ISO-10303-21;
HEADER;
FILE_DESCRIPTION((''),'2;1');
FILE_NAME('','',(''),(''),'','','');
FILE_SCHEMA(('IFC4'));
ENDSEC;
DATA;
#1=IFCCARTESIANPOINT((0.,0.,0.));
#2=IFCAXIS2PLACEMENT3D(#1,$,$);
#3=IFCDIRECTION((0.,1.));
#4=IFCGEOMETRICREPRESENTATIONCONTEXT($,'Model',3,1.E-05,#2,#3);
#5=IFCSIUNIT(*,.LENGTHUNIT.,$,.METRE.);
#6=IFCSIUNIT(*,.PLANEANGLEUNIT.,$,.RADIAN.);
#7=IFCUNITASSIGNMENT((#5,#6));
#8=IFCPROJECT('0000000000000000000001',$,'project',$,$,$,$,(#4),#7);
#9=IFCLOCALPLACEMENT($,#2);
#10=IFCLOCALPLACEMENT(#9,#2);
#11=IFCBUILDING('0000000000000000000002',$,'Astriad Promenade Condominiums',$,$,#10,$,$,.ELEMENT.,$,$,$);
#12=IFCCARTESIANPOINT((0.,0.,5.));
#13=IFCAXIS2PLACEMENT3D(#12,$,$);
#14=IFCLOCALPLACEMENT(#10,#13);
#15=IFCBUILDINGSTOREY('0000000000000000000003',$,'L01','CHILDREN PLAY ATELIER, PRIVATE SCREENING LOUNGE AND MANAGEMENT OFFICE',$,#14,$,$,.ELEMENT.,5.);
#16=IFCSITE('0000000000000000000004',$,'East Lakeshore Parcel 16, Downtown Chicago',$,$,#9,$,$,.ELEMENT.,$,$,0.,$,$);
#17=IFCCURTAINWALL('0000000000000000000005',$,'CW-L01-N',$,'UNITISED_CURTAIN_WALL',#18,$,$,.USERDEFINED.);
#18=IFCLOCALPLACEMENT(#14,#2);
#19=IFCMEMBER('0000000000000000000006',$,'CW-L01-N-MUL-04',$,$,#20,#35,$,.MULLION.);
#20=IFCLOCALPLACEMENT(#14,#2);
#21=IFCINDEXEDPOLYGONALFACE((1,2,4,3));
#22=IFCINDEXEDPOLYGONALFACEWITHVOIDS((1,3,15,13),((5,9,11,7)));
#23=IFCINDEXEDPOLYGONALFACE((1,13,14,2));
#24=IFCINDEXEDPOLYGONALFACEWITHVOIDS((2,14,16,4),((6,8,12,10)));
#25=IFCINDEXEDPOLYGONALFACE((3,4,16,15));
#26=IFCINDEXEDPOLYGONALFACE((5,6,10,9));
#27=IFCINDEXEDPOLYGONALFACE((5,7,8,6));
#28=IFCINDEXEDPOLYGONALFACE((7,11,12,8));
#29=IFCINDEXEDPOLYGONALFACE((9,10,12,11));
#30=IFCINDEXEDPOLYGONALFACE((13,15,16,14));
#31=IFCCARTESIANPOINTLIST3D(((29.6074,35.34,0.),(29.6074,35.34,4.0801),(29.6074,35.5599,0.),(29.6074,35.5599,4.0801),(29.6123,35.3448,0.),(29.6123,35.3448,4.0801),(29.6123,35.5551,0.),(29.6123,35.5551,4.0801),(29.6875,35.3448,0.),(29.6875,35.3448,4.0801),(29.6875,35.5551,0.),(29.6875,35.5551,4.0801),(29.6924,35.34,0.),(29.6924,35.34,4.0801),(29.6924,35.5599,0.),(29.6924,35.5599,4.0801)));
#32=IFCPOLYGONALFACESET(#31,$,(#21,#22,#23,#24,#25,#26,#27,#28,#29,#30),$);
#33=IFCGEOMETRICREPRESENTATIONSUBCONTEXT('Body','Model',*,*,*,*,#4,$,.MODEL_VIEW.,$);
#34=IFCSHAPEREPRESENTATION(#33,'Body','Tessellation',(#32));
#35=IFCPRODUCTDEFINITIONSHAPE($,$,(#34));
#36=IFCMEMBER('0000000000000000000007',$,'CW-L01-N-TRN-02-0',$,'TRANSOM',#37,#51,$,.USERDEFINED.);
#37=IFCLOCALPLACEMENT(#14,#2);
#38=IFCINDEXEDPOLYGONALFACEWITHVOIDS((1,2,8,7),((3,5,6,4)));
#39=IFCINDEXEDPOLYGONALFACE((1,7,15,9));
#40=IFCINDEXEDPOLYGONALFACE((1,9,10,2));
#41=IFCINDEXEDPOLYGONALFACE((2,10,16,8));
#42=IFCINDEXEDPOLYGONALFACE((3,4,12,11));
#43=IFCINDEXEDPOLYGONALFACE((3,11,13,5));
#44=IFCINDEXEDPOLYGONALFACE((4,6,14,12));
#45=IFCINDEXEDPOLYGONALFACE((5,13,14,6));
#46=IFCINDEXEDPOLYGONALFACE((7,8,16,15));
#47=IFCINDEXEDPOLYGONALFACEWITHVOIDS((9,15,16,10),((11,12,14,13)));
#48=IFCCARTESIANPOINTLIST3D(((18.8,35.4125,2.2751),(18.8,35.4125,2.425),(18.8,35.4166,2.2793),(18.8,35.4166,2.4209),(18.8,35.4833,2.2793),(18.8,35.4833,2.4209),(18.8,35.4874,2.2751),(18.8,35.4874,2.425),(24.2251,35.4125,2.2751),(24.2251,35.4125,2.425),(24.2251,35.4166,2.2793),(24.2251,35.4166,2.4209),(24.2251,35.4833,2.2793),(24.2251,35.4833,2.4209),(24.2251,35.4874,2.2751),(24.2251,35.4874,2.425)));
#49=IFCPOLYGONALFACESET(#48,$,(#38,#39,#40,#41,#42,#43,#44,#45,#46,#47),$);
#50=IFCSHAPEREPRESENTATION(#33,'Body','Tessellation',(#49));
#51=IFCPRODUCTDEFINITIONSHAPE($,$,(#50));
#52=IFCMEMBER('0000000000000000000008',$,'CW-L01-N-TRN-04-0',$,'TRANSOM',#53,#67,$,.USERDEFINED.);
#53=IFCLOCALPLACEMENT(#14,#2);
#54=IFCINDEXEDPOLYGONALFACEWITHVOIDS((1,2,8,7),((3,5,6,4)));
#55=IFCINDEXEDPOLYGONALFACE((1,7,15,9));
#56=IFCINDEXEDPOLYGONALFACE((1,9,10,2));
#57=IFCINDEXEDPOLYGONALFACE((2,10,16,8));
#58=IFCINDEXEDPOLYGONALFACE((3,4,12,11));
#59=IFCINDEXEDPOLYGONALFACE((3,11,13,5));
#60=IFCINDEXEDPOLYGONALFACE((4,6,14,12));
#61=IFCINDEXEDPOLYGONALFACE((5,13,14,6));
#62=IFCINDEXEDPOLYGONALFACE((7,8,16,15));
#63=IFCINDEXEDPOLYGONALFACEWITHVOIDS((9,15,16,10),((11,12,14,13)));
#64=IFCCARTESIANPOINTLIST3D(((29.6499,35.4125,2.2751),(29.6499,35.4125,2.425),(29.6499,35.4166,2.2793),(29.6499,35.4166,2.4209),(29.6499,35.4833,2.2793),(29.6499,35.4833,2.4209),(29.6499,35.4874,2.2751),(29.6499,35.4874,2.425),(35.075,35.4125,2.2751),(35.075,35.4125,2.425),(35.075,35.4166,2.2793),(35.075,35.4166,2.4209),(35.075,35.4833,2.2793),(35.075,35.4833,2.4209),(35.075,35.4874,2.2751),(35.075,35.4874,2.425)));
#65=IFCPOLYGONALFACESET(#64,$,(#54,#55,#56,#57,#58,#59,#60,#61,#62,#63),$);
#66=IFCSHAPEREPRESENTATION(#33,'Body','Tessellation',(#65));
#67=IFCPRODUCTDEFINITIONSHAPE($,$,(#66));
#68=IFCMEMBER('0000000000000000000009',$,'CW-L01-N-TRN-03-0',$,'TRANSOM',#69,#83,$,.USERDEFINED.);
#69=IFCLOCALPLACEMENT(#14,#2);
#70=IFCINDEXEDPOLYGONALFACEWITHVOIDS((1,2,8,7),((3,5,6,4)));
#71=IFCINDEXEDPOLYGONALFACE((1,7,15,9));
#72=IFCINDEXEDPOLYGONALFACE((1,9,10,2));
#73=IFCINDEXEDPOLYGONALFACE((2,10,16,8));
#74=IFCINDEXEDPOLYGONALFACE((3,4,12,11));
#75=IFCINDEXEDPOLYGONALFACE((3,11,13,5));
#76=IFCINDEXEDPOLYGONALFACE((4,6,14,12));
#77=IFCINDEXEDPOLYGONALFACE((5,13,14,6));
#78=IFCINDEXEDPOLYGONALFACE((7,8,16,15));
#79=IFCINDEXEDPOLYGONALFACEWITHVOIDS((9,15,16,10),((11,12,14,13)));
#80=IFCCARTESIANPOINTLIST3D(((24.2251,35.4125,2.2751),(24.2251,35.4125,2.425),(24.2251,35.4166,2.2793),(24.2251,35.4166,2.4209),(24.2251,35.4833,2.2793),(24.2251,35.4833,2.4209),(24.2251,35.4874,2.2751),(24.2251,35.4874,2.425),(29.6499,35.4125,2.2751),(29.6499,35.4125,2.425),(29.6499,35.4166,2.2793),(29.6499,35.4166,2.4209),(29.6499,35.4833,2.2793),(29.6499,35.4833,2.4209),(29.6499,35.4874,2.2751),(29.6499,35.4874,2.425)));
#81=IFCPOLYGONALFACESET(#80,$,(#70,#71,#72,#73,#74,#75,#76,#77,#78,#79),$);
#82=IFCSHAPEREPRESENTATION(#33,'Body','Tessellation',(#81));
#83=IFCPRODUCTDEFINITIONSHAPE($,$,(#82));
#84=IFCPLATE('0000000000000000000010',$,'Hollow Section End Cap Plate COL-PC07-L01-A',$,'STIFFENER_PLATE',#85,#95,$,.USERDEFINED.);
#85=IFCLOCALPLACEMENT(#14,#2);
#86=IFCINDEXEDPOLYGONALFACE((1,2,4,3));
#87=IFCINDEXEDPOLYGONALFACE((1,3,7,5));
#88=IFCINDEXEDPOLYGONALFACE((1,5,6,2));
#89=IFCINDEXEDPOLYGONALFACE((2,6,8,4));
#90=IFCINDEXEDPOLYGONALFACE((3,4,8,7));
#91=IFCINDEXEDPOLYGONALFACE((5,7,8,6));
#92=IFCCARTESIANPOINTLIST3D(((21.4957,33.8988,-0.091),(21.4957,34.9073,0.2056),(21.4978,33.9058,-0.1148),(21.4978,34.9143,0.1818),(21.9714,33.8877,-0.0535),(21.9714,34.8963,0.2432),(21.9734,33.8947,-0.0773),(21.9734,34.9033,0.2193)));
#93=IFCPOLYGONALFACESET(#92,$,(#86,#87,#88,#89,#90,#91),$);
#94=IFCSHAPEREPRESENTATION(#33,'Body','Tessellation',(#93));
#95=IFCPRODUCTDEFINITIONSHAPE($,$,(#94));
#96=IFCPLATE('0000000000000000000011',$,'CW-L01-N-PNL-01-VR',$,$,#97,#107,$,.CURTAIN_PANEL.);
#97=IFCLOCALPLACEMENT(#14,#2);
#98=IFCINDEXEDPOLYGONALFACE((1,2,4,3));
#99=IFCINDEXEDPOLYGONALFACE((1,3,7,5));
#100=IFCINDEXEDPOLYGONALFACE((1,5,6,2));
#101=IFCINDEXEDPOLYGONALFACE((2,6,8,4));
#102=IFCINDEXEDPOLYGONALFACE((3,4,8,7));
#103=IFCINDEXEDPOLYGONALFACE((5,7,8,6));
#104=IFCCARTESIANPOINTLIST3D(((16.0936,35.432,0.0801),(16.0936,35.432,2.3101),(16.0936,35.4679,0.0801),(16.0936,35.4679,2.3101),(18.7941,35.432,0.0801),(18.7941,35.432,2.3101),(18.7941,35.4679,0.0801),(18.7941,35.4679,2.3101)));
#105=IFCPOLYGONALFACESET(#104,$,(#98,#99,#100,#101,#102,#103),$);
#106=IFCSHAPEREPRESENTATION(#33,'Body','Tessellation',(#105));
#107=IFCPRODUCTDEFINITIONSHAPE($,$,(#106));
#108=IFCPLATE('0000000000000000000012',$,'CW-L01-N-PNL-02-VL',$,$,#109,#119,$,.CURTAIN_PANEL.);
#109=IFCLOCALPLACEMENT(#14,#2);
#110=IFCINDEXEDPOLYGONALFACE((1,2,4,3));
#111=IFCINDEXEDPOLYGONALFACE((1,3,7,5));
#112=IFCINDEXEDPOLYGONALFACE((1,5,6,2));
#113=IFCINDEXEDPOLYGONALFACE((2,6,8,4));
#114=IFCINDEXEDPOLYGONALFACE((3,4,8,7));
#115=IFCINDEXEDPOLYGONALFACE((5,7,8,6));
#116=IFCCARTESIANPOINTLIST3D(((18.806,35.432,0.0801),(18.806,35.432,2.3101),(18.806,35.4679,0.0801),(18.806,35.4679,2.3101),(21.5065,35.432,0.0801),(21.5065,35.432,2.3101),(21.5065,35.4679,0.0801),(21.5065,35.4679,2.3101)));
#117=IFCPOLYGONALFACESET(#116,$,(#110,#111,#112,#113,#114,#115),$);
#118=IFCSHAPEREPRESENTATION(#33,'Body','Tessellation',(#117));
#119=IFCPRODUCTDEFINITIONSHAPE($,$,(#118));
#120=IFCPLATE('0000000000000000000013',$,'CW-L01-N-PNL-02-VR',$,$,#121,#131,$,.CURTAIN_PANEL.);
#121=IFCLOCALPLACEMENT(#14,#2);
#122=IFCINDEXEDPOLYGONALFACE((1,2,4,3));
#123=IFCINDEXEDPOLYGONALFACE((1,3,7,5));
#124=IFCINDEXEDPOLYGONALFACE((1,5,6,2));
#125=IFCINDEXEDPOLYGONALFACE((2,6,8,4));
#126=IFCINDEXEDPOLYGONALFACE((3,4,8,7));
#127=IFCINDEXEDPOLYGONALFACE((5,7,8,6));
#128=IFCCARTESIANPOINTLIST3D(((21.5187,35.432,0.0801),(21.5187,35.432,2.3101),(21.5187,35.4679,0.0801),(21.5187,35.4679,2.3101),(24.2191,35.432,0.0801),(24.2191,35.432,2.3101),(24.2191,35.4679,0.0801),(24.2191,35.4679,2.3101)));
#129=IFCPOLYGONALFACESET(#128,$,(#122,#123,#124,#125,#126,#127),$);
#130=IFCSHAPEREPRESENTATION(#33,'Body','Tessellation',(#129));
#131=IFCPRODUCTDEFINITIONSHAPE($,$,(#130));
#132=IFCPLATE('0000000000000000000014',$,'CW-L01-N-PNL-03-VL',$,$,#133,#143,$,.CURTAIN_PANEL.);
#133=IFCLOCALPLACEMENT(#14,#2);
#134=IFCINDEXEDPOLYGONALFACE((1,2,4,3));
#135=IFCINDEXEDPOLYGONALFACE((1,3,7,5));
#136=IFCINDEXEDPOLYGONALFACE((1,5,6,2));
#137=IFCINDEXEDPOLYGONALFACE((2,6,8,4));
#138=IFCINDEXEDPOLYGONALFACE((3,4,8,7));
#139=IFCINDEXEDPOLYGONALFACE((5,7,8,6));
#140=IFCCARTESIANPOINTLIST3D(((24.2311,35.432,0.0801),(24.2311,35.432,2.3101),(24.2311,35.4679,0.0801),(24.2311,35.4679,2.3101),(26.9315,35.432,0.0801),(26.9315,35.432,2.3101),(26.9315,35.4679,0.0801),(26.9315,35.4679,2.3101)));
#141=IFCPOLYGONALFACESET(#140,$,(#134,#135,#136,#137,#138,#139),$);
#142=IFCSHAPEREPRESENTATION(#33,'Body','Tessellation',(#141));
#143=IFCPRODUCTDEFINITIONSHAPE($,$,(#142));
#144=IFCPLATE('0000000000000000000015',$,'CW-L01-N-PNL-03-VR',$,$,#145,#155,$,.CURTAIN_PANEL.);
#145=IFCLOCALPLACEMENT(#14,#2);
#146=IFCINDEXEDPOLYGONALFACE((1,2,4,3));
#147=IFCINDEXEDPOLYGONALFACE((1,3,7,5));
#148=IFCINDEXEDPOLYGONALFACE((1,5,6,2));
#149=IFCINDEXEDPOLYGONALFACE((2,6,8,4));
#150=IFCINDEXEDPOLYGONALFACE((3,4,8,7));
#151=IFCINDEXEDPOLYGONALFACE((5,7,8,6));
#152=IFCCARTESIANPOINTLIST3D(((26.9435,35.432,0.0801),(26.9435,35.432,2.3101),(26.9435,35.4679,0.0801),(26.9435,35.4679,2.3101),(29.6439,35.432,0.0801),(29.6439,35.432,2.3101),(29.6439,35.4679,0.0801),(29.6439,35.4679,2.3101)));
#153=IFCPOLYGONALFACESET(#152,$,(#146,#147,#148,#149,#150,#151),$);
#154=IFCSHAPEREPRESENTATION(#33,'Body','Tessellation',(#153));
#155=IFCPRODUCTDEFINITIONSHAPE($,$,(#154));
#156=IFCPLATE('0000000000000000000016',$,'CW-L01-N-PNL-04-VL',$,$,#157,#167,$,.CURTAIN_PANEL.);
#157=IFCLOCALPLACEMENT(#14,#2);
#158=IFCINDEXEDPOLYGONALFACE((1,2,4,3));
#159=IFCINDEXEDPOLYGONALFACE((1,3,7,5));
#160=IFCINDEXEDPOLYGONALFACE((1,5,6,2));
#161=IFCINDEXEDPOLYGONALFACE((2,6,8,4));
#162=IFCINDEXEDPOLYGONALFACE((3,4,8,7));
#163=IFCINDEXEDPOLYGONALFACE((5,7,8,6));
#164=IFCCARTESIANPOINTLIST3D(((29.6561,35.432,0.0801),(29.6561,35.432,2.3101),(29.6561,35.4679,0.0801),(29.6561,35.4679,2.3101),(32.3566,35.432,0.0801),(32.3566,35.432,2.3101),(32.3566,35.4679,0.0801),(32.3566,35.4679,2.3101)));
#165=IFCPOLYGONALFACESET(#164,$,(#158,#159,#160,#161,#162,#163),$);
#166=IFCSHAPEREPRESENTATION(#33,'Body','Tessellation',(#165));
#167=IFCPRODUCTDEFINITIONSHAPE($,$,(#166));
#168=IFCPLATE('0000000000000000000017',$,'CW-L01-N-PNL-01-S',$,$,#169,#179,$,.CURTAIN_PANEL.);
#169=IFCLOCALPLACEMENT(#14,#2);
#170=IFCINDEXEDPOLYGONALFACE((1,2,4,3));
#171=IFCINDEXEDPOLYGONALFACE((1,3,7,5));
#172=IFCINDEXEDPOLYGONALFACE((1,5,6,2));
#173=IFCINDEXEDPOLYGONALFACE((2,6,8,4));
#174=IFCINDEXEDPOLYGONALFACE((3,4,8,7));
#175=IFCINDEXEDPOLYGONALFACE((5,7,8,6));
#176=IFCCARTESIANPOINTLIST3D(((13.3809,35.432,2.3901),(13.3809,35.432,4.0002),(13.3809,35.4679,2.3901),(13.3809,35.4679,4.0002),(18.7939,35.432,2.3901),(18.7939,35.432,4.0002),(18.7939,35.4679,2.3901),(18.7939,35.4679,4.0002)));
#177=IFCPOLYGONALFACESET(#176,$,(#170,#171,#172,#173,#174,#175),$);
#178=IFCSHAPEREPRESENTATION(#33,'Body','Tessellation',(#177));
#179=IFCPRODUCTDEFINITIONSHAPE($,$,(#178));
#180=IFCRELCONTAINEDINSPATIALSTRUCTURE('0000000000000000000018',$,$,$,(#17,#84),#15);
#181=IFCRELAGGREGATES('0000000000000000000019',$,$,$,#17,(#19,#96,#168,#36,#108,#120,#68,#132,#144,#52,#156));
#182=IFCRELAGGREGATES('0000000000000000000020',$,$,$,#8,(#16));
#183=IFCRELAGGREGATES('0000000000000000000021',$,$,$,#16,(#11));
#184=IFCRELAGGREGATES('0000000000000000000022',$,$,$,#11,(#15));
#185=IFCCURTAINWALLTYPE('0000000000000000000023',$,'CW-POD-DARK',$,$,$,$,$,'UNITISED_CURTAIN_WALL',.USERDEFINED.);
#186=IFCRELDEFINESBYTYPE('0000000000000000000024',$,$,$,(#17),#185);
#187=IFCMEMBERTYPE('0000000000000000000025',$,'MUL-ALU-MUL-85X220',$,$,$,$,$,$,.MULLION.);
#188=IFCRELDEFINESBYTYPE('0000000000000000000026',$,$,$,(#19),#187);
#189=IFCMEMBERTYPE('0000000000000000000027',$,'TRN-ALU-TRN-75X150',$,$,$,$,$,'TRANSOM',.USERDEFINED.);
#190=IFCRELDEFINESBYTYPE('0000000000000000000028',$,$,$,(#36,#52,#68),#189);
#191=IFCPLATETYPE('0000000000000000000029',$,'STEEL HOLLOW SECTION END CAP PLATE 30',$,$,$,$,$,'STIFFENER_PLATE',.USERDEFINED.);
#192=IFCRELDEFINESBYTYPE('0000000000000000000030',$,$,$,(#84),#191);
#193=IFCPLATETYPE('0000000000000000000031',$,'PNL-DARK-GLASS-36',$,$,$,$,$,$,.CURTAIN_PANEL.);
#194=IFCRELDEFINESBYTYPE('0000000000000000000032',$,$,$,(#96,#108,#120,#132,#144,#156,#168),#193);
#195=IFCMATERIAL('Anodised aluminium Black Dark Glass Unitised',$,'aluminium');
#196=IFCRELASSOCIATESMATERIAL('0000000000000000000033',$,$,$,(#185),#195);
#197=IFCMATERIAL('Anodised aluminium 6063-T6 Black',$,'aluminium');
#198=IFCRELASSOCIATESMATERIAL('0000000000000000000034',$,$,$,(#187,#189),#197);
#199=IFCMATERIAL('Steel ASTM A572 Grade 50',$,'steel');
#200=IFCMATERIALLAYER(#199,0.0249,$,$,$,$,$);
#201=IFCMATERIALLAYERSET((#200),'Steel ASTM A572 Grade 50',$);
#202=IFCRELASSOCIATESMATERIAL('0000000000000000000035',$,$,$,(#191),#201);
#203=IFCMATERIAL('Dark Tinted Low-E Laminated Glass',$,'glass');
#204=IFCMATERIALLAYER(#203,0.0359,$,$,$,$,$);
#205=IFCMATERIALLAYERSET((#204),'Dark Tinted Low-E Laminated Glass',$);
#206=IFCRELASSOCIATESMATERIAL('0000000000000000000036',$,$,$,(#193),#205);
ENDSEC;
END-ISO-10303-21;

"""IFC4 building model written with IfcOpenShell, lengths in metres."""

from ifc_helpers import new_model, si_unit, direction, frame, origin, origin_2d, place, context, subcontext, project, spatial, rectangle, hollow_rectangle, extrude, source, transform, mapped, material, layer, layer_set, material_profile, profile_set, type_object, type_shapes, element, aggregate, save


model = new_model("IFC4")

# Units and contexts
model_context = context("Model", 3, precision=1e-05, world=origin(), true_north=direction((0.0, 1.0)))
body_context = subcontext(model_context, "Body", "Model", "MODEL_VIEW")
ifc_project = project(units=[si_unit("LENGTHUNIT", "METRE"), si_unit("PLANEANGLEUNIT", "RADIAN")], contexts=[model_context])

# Site, building, storey
site_placement = place(None, origin())
site = spatial("IfcSite", under=ifc_project, at=site_placement, Name="East Lakeshore Parcel 16, Downtown Chicago", CompositionType="ELEMENT", RefElevation=0.0)
building_placement = place(site_placement, origin())
building = spatial("IfcBuilding", under=site, at=building_placement, Name="Astriad Promenade Condominiums", CompositionType="ELEMENT")
storey_placement = place(building_placement, frame((0.0, 0.0, 5.0)))
storey = spatial("IfcBuildingStorey", under=building, at=storey_placement, Name="L01", Description="CHILDREN PLAY ATELIER, PRIVATE SCREENING LOUNGE AND MANAGEMENT OFFICE", CompositionType="ELEMENT", Elevation=5.0)

# Curtain wall, members
ifc_material_1 = material(Name="Anodised aluminium Black Dark Glass Unitised", Category="aluminium")
curtain_wall_type = type_object("IfcCurtainWallType", Name="CW-POD-DARK", ElementType="UNITISED_CURTAIN_WALL", PredefinedType="USERDEFINED", material=ifc_material_1)
curtain_wall_placement = place(storey_placement, origin())
curtain_wall = element("IfcCurtainWall", 1, at=curtain_wall_placement, inside=storey, type_object=curtain_wall_type, Name="CW-L01-N", ObjectType="UNITISED_CURTAIN_WALL", PredefinedType="USERDEFINED")
ifc_material_2 = material(Name="Anodised aluminium 6063-T6 Black", Category="aluminium")
ifc_material_profile_1 = material_profile(ifc_material_2, hollow_rectangle(XDim=0.085, YDim=0.22, WallThickness=0.0049, at=origin_2d()), Name="ALU-MUL-85X220")
ifc_profile_set_1 = profile_set([ifc_material_profile_1], Name="Anodised aluminium 6063-T6 Black")
member_type_1 = type_object("IfcMemberType", Name="MUL-ALU-MUL-85X220", PredefinedType="MULLION", material=ifc_profile_set_1)
shared_shape_1 = source(origin(), body_context, "Body", "SweptSolid", [
    extrude(hollow_rectangle(XDim=0.085, YDim=0.22, WallThickness=0.0049, at=origin_2d()), origin(), (0.0, 0.0, 1.0), 4.0801),
])
type_shapes(member_type_1, [shared_shape_1])
member_1_placement = place(storey_placement, frame((29.6499, 35.45, 0.0), z_axis=(0.0, 0.0, 1.0), x_axis=(1.0, 0.0, 0.0)))
member_1 = element("IfcMember", 2, at=member_1_placement, type_object=member_type_1, Name="CW-L01-N-MUL-04", PredefinedType="MULLION", context=body_context, shape_type="MappedRepresentation", body=[
    mapped(shared_shape_1, transform((0.0, 0.0, 0.0), scale=1.0)),
])
ifc_material_profile_2 = material_profile(ifc_material_2, hollow_rectangle(XDim=0.075, YDim=0.1499, WallThickness=0.0042, at=origin_2d()), Name="ALU-TRN-75X150")
ifc_profile_set_2 = profile_set([ifc_material_profile_2], Name="Anodised aluminium 6063-T6 Black")
member_type_2 = type_object("IfcMemberType", Name="TRN-ALU-TRN-75X150", ElementType="TRANSOM", PredefinedType="USERDEFINED", material=ifc_profile_set_2)
shared_shape_2 = source(origin(), body_context, "Body", "SweptSolid", [
    extrude(hollow_rectangle(XDim=0.075, YDim=0.1499, WallThickness=0.0042, at=origin_2d()), origin(), (0.0, 0.0, 1.0), 5.425),
])
member_2_placement = place(storey_placement, frame((18.8, 35.45, 2.3501), z_axis=(1.0, 0.0, 0.0), x_axis=(0.0, 1.0, 0.0)))
member_2 = element("IfcMember", 3, at=member_2_placement, type_object=member_type_2, Name="CW-L01-N-TRN-02-0", ObjectType="TRANSOM", PredefinedType="USERDEFINED", context=body_context, shape_type="MappedRepresentation", body=[
    mapped(shared_shape_2, transform((0.0, 0.0, 0.0), scale=1.0)),
])
member_3_placement = place(storey_placement, frame((29.6499, 35.45, 2.3501), z_axis=(1.0, 0.0, 0.0), x_axis=(0.0, 1.0, 0.0)))
member_3 = element("IfcMember", 4, at=member_3_placement, type_object=member_type_2, Name="CW-L01-N-TRN-04-0", ObjectType="TRANSOM", PredefinedType="USERDEFINED", context=body_context, shape_type="MappedRepresentation", body=[
    mapped(shared_shape_2, transform((0.0, 0.0, 0.0), scale=1.0)),
])
shared_shape_3 = source(origin(), body_context, "Body", "SweptSolid", [
    extrude(hollow_rectangle(XDim=0.075, YDim=0.1499, WallThickness=0.0042, at=origin_2d()), origin(), (0.0, 0.0, 1.0), 5.4248),
])
type_shapes(member_type_2, [shared_shape_2, shared_shape_3])
member_4_placement = place(storey_placement, frame((24.2251, 35.45, 2.3501), z_axis=(1.0, 0.0, 0.0), x_axis=(0.0, 1.0, 0.0)))
member_4 = element("IfcMember", 5, at=member_4_placement, type_object=member_type_2, Name="CW-L01-N-TRN-03-0", ObjectType="TRANSOM", PredefinedType="USERDEFINED", context=body_context, shape_type="MappedRepresentation", body=[
    mapped(shared_shape_3, transform((0.0, 0.0, 0.0), scale=1.0)),
])

# Plates
ifc_material_3 = material(Name="Steel ASTM A572 Grade 50", Category="steel")
ifc_layer_1 = layer(ifc_material_3, 0.0249)
ifc_layer_set_1 = layer_set([ifc_layer_1], Name="Steel ASTM A572 Grade 50")
plate_type_1 = type_object("IfcPlateType", Name="STEEL HOLLOW SECTION END CAP PLATE 30", ElementType="STIFFENER_PLATE", PredefinedType="USERDEFINED", material=ifc_layer_set_1)
shared_shape_4 = source(origin(), body_context, "Body", "SweptSolid", [
    extrude(rectangle(XDim=0.4773, YDim=1.0513, at=origin_2d()), origin(), (0.0, 0.0, 1.0), 0.0249),
])
type_shapes(plate_type_1, [shared_shape_4])
plate_1_placement = place(storey_placement, frame((21.7356, 34.4045, 0.0522), z_axis=(-0.082035, -0.281207, 0.956134), x_axis=(1.0, 0.0, 0.0)))
element("IfcPlate", 6, at=plate_1_placement, inside=storey, type_object=plate_type_1, Name="Hollow Section End Cap Plate COL-PC07-L01-A", ObjectType="STIFFENER_PLATE", PredefinedType="USERDEFINED", context=body_context, shape_type="MappedRepresentation", body=[
    mapped(shared_shape_4, transform((0.0, 0.0, 0.0), scale=1.0)),
])
ifc_material_4 = material(Name="Dark Tinted Low-E Laminated Glass", Category="glass")
ifc_layer_2 = layer(ifc_material_4, 0.0359)
ifc_layer_set_2 = layer_set([ifc_layer_2], Name="Dark Tinted Low-E Laminated Glass")
plate_type_2 = type_object("IfcPlateType", Name="PNL-DARK-GLASS-36", PredefinedType="CURTAIN_PANEL", material=ifc_layer_set_2)
shared_shape_5 = source(origin(), body_context, "Body", "SweptSolid", [
    extrude(rectangle(XDim=2.7004, YDim=0.0359, at=origin_2d()), origin(), (0.0, 0.0, 1.0), 2.23),
])
plate_2_placement = place(storey_placement, frame((17.4438, 35.45, 0.0801), z_axis=(0.0, 0.0, 1.0), x_axis=(1.0, 0.0, 0.0)))
plate_2 = element("IfcPlate", 7, at=plate_2_placement, type_object=plate_type_2, Name="CW-L01-N-PNL-01-VR", PredefinedType="CURTAIN_PANEL", context=body_context, shape_type="MappedRepresentation", body=[
    mapped(shared_shape_5, transform((0.0, 0.0, 0.0), scale=1.0)),
])
plate_3_placement = place(storey_placement, frame((20.1562, 35.45, 0.0801), z_axis=(0.0, 0.0, 1.0), x_axis=(1.0, 0.0, 0.0)))
plate_3 = element("IfcPlate", 8, at=plate_3_placement, type_object=plate_type_2, Name="CW-L01-N-PNL-02-VL", PredefinedType="CURTAIN_PANEL", context=body_context, shape_type="MappedRepresentation", body=[
    mapped(shared_shape_5, transform((0.0, 0.0, 0.0), scale=1.0)),
])
plate_4_placement = place(storey_placement, frame((22.8689, 35.45, 0.0801), z_axis=(0.0, 0.0, 1.0), x_axis=(1.0, 0.0, 0.0)))
plate_4 = element("IfcPlate", 9, at=plate_4_placement, type_object=plate_type_2, Name="CW-L01-N-PNL-02-VR", PredefinedType="CURTAIN_PANEL", context=body_context, shape_type="MappedRepresentation", body=[
    mapped(shared_shape_5, transform((0.0, 0.0, 0.0), scale=1.0)),
])
plate_5_placement = place(storey_placement, frame((25.5813, 35.45, 0.0801), z_axis=(0.0, 0.0, 1.0), x_axis=(1.0, 0.0, 0.0)))
plate_5 = element("IfcPlate", 10, at=plate_5_placement, type_object=plate_type_2, Name="CW-L01-N-PNL-03-VL", PredefinedType="CURTAIN_PANEL", context=body_context, shape_type="MappedRepresentation", body=[
    mapped(shared_shape_5, transform((0.0, 0.0, 0.0), scale=1.0)),
])
plate_6_placement = place(storey_placement, frame((28.2937, 35.45, 0.0801), z_axis=(0.0, 0.0, 1.0), x_axis=(1.0, 0.0, 0.0)))
plate_6 = element("IfcPlate", 11, at=plate_6_placement, type_object=plate_type_2, Name="CW-L01-N-PNL-03-VR", PredefinedType="CURTAIN_PANEL", context=body_context, shape_type="MappedRepresentation", body=[
    mapped(shared_shape_5, transform((0.0, 0.0, 0.0), scale=1.0)),
])
plate_7_placement = place(storey_placement, frame((31.0063, 35.45, 0.0801), z_axis=(0.0, 0.0, 1.0), x_axis=(1.0, 0.0, 0.0)))
plate_7 = element("IfcPlate", 12, at=plate_7_placement, type_object=plate_type_2, Name="CW-L01-N-PNL-04-VL", PredefinedType="CURTAIN_PANEL", context=body_context, shape_type="MappedRepresentation", body=[
    mapped(shared_shape_5, transform((0.0, 0.0, 0.0), scale=1.0)),
])
shared_shape_6 = source(origin(), body_context, "Body", "SweptSolid", [
    extrude(rectangle(XDim=5.4131, YDim=0.0359, at=origin_2d()), origin(), (0.0, 0.0, 1.0), 1.6101),
])
type_shapes(plate_type_2, [shared_shape_5, shared_shape_6])
plate_8_placement = place(storey_placement, frame((16.0874, 35.45, 2.3901), z_axis=(0.0, 0.0, 1.0), x_axis=(1.0, 0.0, 0.0)))
plate_8 = element("IfcPlate", 13, at=plate_8_placement, type_object=plate_type_2, Name="CW-L01-N-PNL-01-S", PredefinedType="CURTAIN_PANEL", context=body_context, shape_type="MappedRepresentation", body=[
    mapped(shared_shape_6, transform((0.0, 0.0, 0.0), scale=1.0)),
])
aggregate(curtain_wall, [member_1, plate_2, plate_8, member_2, plate_3, plate_4, member_4, plate_5, plate_6, member_3, plate_7])

save(model, "model.ifc")
